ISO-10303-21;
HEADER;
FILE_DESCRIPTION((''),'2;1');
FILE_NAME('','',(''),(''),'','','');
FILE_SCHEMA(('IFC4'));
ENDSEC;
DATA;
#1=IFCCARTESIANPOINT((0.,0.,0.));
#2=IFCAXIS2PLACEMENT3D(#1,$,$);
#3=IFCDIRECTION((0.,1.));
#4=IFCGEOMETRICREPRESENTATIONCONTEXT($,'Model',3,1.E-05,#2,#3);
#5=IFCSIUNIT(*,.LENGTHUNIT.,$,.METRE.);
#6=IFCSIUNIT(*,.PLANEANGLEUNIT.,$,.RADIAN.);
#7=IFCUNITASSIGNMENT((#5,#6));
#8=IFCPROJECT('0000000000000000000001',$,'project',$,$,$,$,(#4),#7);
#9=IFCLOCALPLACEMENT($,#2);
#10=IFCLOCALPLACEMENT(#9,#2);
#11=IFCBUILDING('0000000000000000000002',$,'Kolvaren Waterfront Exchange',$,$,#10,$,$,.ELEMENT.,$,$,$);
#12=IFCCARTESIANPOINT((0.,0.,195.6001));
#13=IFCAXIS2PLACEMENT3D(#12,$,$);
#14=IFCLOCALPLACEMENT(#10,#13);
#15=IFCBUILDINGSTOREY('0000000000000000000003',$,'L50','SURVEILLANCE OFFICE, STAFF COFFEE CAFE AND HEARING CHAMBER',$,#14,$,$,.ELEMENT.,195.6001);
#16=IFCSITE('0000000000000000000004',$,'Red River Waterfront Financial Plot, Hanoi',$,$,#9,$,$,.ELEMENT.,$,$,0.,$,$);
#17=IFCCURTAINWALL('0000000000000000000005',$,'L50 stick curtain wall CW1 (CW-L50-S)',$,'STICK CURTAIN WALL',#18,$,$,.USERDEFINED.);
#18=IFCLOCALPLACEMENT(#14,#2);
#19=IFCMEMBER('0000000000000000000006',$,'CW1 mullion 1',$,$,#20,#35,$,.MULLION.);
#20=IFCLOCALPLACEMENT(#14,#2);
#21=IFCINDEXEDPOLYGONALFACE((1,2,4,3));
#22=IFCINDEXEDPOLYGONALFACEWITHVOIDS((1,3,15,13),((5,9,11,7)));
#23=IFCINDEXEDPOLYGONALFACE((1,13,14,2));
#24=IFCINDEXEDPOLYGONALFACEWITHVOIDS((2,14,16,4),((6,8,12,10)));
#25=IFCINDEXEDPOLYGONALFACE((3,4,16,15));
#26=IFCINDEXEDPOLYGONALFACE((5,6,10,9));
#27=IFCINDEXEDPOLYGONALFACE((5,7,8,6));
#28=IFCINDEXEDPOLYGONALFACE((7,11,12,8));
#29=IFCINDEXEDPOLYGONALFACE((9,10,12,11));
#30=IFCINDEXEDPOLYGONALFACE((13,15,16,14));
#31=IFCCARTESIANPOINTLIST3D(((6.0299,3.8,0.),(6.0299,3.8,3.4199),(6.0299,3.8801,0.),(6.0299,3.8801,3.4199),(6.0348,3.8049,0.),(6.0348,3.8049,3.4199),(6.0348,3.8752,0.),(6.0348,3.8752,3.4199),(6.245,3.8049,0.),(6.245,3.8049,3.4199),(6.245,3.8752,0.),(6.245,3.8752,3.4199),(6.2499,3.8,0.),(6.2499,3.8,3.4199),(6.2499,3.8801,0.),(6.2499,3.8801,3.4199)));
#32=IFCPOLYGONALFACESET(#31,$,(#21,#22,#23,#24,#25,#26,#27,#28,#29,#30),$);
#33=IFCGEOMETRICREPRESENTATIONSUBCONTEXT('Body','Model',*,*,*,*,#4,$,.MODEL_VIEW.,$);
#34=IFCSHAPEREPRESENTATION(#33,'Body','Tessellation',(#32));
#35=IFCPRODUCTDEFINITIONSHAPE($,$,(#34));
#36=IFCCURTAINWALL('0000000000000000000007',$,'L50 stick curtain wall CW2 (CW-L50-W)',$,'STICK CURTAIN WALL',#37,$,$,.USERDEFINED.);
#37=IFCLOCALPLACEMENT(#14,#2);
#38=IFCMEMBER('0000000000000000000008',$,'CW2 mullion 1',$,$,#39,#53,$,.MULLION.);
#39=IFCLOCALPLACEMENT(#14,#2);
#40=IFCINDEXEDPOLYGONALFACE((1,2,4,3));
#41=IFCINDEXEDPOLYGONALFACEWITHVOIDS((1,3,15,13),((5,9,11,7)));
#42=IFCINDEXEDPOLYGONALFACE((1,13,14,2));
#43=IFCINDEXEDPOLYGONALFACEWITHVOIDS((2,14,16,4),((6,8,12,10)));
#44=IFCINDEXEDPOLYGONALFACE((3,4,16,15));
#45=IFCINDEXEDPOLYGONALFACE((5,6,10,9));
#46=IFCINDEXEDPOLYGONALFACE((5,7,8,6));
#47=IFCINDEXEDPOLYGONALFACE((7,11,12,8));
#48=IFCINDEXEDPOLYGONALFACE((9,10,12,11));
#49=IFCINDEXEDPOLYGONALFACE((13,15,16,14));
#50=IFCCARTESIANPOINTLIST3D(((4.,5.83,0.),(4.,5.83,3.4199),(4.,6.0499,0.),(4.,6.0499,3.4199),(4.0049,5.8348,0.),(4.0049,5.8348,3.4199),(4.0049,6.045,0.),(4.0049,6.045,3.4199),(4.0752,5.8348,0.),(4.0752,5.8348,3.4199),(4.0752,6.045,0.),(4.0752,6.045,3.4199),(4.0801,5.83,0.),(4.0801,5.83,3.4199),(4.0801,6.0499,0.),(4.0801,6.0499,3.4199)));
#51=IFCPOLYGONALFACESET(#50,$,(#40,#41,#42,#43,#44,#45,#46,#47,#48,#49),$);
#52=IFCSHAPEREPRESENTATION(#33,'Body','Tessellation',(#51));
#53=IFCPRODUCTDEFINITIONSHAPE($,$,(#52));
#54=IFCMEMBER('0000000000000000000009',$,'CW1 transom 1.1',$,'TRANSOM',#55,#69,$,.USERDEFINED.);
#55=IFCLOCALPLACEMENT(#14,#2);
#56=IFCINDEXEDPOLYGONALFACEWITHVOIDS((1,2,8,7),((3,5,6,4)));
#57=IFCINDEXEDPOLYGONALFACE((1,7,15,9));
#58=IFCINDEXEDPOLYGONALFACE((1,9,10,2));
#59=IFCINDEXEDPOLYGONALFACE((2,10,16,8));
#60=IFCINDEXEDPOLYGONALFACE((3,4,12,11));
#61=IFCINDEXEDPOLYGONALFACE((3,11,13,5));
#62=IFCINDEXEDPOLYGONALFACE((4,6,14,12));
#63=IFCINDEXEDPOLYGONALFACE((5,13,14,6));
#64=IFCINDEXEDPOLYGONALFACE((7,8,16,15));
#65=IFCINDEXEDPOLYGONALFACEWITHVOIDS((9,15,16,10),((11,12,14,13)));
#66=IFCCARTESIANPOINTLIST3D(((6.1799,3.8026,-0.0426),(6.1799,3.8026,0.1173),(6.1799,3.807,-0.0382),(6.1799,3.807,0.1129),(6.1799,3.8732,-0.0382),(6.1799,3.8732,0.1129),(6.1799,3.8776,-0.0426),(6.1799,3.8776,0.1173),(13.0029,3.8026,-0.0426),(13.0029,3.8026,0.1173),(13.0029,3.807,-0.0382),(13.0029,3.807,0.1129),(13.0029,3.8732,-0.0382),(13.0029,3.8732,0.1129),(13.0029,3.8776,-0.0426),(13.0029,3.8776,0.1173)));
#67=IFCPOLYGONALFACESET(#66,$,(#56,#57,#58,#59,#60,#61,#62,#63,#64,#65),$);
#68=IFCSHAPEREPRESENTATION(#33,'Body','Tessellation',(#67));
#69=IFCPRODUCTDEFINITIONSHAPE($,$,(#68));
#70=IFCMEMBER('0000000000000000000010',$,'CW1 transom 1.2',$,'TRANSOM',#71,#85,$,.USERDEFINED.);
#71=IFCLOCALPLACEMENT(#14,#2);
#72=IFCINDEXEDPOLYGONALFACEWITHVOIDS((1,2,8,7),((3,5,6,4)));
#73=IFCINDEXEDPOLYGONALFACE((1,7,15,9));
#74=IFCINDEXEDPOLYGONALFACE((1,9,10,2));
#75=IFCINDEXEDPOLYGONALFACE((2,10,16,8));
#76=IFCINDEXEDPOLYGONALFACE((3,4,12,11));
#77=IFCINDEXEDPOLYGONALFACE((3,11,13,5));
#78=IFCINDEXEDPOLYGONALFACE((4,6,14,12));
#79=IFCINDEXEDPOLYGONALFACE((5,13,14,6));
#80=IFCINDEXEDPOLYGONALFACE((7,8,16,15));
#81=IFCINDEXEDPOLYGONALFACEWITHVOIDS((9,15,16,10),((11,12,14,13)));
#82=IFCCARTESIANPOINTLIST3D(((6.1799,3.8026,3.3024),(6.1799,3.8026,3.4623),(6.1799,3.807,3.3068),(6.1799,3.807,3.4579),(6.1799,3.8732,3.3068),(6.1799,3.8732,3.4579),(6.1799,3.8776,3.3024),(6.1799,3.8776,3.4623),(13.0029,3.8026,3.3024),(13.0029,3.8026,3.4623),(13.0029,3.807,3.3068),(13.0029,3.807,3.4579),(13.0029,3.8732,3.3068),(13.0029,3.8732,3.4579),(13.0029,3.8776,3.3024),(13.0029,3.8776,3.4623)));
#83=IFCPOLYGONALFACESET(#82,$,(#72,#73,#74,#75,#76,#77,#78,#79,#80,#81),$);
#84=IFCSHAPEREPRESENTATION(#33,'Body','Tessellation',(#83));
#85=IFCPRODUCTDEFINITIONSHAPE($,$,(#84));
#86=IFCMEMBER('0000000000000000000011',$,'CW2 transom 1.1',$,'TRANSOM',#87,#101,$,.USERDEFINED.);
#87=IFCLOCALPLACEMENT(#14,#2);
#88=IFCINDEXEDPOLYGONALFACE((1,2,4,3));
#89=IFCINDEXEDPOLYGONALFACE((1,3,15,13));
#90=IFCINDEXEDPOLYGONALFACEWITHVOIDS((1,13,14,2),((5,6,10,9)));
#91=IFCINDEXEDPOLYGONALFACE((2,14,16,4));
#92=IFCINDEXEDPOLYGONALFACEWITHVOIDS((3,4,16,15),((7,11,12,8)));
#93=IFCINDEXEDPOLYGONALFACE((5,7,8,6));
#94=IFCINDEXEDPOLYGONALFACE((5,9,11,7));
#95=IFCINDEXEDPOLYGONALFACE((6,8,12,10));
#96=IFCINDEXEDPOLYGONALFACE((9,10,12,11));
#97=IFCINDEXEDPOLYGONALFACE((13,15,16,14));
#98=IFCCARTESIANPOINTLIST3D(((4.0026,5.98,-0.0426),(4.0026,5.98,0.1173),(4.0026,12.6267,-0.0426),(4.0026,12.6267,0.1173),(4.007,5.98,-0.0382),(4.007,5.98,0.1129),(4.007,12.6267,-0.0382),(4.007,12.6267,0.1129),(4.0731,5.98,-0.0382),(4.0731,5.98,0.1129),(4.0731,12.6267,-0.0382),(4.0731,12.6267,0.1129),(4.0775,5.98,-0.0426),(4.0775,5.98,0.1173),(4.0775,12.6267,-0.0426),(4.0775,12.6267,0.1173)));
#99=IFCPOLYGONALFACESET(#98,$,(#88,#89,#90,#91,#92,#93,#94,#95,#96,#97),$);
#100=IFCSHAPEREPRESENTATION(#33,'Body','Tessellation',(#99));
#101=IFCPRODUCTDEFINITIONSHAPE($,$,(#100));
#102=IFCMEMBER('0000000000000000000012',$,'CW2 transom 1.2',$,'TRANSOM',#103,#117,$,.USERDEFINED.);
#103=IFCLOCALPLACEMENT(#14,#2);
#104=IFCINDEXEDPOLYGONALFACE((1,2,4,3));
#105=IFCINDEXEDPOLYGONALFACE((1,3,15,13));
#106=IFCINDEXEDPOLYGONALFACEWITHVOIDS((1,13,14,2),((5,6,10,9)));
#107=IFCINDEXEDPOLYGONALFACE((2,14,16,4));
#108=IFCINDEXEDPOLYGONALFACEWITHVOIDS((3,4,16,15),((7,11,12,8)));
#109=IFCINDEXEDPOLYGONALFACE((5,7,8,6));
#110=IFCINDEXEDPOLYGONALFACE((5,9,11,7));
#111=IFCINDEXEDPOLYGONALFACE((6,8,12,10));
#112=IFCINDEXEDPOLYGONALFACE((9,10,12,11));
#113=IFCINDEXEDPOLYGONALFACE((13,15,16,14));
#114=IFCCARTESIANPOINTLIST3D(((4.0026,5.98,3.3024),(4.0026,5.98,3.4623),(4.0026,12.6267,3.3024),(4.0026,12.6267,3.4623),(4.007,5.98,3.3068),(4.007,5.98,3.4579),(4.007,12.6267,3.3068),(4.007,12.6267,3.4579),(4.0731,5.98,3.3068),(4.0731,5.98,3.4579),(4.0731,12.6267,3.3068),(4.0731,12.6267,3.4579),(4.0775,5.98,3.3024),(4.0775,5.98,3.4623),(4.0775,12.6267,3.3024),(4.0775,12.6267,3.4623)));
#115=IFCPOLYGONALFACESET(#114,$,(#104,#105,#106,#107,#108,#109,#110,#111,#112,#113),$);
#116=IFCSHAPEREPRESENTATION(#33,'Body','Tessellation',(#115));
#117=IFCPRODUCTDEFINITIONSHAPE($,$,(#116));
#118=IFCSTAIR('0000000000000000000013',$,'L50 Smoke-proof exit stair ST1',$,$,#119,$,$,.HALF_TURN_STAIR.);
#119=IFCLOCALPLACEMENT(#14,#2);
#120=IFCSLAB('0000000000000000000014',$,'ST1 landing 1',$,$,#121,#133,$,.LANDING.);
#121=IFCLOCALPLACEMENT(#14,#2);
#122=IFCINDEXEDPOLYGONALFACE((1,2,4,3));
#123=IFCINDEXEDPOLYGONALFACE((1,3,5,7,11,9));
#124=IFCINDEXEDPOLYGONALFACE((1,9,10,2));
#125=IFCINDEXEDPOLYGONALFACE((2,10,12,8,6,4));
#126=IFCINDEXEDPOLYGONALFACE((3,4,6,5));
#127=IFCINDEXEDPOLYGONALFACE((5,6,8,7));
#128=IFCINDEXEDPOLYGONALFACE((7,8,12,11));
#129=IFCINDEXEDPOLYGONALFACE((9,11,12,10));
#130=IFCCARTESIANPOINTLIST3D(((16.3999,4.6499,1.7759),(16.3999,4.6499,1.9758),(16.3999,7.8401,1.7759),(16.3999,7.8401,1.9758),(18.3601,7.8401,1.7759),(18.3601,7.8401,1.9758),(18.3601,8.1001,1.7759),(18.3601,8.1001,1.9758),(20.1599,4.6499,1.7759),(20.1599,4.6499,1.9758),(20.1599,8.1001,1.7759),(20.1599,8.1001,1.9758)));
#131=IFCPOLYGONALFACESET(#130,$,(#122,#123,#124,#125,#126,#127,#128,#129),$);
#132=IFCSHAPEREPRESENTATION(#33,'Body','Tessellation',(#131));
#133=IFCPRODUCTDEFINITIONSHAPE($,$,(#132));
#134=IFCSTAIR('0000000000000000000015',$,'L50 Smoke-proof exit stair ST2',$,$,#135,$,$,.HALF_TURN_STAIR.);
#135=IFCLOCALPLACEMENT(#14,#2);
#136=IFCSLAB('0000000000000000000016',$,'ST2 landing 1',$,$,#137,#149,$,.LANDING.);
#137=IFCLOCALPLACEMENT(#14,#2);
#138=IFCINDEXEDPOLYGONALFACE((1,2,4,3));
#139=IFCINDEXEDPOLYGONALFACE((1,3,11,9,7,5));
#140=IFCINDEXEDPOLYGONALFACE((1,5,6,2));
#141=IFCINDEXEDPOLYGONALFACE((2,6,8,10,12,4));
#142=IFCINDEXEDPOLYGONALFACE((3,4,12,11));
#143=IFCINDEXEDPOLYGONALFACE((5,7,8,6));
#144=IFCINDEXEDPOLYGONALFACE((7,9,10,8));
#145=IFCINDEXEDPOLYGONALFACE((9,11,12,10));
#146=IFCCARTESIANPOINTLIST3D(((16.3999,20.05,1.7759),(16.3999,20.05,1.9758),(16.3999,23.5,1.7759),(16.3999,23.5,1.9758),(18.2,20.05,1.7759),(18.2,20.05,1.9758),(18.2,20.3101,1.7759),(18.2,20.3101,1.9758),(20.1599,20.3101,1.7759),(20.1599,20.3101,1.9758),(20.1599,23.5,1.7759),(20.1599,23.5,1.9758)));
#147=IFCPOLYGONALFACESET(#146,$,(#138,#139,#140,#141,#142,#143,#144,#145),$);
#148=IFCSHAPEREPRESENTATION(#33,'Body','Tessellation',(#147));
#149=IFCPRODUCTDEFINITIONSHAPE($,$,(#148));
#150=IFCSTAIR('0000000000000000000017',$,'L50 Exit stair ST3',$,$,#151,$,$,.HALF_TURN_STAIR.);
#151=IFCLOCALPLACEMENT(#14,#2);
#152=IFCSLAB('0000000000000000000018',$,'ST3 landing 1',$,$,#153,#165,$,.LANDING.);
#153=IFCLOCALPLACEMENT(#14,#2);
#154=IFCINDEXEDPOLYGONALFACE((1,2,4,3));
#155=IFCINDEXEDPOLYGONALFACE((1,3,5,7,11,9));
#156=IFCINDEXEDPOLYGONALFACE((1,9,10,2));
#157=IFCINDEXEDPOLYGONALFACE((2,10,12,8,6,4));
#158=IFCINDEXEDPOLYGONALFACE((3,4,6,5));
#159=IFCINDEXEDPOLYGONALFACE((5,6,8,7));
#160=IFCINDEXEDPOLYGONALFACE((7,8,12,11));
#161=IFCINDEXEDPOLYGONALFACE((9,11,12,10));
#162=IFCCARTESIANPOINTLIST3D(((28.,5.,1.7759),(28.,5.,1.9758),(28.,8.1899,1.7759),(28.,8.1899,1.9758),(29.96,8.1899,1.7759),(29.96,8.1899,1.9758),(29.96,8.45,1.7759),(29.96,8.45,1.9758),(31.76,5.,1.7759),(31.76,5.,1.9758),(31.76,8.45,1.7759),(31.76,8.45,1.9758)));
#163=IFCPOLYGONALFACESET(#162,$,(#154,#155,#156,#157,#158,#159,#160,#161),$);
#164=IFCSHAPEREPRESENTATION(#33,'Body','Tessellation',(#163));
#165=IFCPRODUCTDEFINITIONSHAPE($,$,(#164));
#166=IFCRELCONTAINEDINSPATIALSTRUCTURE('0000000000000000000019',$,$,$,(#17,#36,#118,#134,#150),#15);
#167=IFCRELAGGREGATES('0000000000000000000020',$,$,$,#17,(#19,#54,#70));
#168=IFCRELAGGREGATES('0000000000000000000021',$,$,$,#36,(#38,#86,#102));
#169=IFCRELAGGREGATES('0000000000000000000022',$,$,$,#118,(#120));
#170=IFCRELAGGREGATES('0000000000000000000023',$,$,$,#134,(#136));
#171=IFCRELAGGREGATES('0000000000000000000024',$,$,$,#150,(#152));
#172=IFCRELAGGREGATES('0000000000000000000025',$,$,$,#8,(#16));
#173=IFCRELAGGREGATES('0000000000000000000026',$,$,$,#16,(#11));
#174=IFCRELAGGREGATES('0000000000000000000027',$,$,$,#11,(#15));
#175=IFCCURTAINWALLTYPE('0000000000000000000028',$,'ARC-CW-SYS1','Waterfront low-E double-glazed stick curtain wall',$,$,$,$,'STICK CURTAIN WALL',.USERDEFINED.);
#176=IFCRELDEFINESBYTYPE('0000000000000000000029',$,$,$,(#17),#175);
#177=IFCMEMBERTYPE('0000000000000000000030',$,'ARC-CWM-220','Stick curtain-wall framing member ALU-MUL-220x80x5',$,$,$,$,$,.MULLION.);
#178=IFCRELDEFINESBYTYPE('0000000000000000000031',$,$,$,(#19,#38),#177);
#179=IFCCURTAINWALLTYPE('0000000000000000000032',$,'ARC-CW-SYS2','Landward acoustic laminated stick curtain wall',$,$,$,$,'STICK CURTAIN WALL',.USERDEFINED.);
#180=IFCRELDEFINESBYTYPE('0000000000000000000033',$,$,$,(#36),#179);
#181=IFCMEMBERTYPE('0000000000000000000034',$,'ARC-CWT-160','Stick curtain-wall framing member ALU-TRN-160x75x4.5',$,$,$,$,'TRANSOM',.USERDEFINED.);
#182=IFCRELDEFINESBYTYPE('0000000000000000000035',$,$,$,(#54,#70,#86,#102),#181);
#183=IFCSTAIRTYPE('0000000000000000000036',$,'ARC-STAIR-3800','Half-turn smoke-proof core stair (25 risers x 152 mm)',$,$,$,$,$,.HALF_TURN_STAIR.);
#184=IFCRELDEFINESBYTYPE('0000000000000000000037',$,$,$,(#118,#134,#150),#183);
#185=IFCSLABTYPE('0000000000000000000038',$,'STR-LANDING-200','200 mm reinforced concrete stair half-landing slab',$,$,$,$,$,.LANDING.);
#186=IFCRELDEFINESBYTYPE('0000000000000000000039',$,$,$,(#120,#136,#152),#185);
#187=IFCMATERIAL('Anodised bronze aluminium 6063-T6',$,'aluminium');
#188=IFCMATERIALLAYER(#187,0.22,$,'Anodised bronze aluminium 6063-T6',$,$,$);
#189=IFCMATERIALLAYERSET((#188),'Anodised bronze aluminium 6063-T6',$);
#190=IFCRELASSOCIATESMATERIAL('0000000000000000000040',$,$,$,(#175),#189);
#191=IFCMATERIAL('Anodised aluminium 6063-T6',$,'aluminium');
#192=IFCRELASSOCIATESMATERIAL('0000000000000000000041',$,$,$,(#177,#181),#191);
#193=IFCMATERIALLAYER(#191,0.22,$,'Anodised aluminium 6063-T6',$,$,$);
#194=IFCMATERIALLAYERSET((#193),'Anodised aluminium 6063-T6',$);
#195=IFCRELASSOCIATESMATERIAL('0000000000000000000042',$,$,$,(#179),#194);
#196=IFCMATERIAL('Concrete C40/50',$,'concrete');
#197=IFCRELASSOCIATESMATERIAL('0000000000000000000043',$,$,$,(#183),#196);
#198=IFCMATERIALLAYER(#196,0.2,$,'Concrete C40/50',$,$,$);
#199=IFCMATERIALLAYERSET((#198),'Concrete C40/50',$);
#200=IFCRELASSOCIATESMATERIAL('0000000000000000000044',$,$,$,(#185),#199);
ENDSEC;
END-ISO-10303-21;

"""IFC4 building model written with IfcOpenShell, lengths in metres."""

from ifc_helpers import new_model, si_unit, direction, frame, origin, origin_with_axes, origin_2d, place, context, subcontext, project, spatial, polyline, hollow_rectangle, outline, extrude, source, transform, mapped, material, layer, layer_set, material_profile, profile_set, type_object, element, aggregate, save


model = new_model("IFC4")

# Units and contexts
model_context = context("Model", 3, precision=1e-05, world=origin(), true_north=direction((0.0, 1.0)))
body_context = subcontext(model_context, "Body", "Model", "MODEL_VIEW")
ifc_project = project(units=[si_unit("LENGTHUNIT", "METRE"), si_unit("PLANEANGLEUNIT", "RADIAN")], contexts=[model_context])

# Site, building, storey
site_placement = place(None, origin())
site = spatial("IfcSite", under=ifc_project, at=site_placement, Name="Red River Waterfront Financial Plot, Hanoi", CompositionType="ELEMENT", RefElevation=0.0)
building_placement = place(site_placement, origin())
building = spatial("IfcBuilding", under=site, at=building_placement, Name="Kolvaren Waterfront Exchange", CompositionType="ELEMENT")
storey_placement = place(building_placement, frame((0.0, 0.0, 195.6001)))
storey = spatial("IfcBuildingStorey", under=building, at=storey_placement, Name="L50", Description="SURVEILLANCE OFFICE, STAFF COFFEE CAFE AND HEARING CHAMBER", CompositionType="ELEMENT", Elevation=195.6001)

# Curtain walls, members
ifc_material_1 = material(Name="Anodised bronze aluminium 6063-T6", Category="aluminium")
ifc_layer_1 = layer(ifc_material_1, 0.22, Name="Anodised bronze aluminium 6063-T6")
ifc_layer_set_1 = layer_set([ifc_layer_1], Name="Anodised bronze aluminium 6063-T6")
curtain_wall_type_1 = type_object("IfcCurtainWallType", Name="ARC-CW-SYS1", Description="Waterfront low-E double-glazed stick curtain wall", ElementType="STICK CURTAIN WALL", PredefinedType="USERDEFINED", material=ifc_layer_set_1)
curtain_wall_1_placement = place(storey_placement, origin())
curtain_wall_1 = element("IfcCurtainWall", 1, at=curtain_wall_1_placement, inside=storey, type_object=curtain_wall_type_1, Name="L50 stick curtain wall CW1 (CW-L50-S)", ObjectType="STICK CURTAIN WALL", PredefinedType="USERDEFINED")
ifc_material_2 = material(Name="Anodised aluminium 6063-T6", Category="aluminium")
ifc_material_profile_1 = material_profile(ifc_material_2, hollow_rectangle(XDim=0.0801, YDim=0.22, WallThickness=0.0049, at=origin_2d()), Name="ALU-MUL-220x80x5")
ifc_profile_set_1 = profile_set([ifc_material_profile_1], Name="Anodised aluminium 6063-T6")
member_type_1 = type_object("IfcMemberType", Name="ARC-CWM-220", Description="Stick curtain-wall framing member ALU-MUL-220x80x5", PredefinedType="MULLION", material=ifc_profile_set_1)
shared_shape_1 = source(origin_with_axes(), body_context, "Body", "SweptSolid", [
    extrude(hollow_rectangle(XDim=0.0801, YDim=0.22, WallThickness=0.0049, at=origin_2d()), origin(), (0.0, 0.0, 1.0), 3.4199),
])
member_1_placement = place(storey_placement, frame((6.1399, 3.8401, 0.0), z_axis=(0.0, 0.0, 1.0), x_axis=(0.0, 1.0, 0.0)))
member_1 = element("IfcMember", 2, at=member_1_placement, type_object=member_type_1, Name="CW1 mullion 1", PredefinedType="MULLION", context=body_context, shape_type="MappedRepresentation", body=[
    mapped(shared_shape_1, transform((0.0, 0.0, 0.0), x_axis=(1.0, 0.0, 0.0), y_axis=(0.0, 1.0, 0.0), z_axis=(0.0, 0.0, 1.0), scale=1.0)),
])
ifc_layer_2 = layer(ifc_material_2, 0.22, Name="Anodised aluminium 6063-T6")
ifc_layer_set_2 = layer_set([ifc_layer_2], Name="Anodised aluminium 6063-T6")
curtain_wall_type_2 = type_object("IfcCurtainWallType", Name="ARC-CW-SYS2", Description="Landward acoustic laminated stick curtain wall", ElementType="STICK CURTAIN WALL", PredefinedType="USERDEFINED", material=ifc_layer_set_2)
curtain_wall_2_placement = place(storey_placement, origin())
curtain_wall_2 = element("IfcCurtainWall", 3, at=curtain_wall_2_placement, inside=storey, type_object=curtain_wall_type_2, Name="L50 stick curtain wall CW2 (CW-L50-W)", ObjectType="STICK CURTAIN WALL", PredefinedType="USERDEFINED")
member_2_placement = place(storey_placement, frame((4.04, 5.9399, 0.0), z_axis=(0.0, 0.0, 1.0), x_axis=(-1.0, 0.0, 0.0)))
member_2 = element("IfcMember", 4, at=member_2_placement, type_object=member_type_1, Name="CW2 mullion 1", PredefinedType="MULLION", context=body_context, shape_type="MappedRepresentation", body=[
    mapped(shared_shape_1, transform((0.0, 0.0, 0.0), x_axis=(1.0, 0.0, 0.0), y_axis=(0.0, 1.0, 0.0), z_axis=(0.0, 0.0, 1.0), scale=1.0)),
])

# Members
ifc_material_profile_2 = material_profile(ifc_material_2, hollow_rectangle(XDim=0.075, YDim=0.1599, WallThickness=0.0044, at=origin_2d()), Name="ALU-TRN-160x75x4.5")
ifc_profile_set_2 = profile_set([ifc_material_profile_2], Name="Anodised aluminium 6063-T6")
member_type_2 = type_object("IfcMemberType", Name="ARC-CWT-160", Description="Stick curtain-wall framing member ALU-TRN-160x75x4.5", ElementType="TRANSOM", PredefinedType="USERDEFINED", material=ifc_profile_set_2)
shared_shape_2 = source(origin_with_axes(), body_context, "Body", "SweptSolid", [
    extrude(hollow_rectangle(XDim=0.075, YDim=0.1599, WallThickness=0.0044, at=origin_2d()), origin(), (0.0, 0.0, 1.0), 6.823),
])
member_3_placement = place(storey_placement, frame((6.1799, 3.8401, 0.0374), z_axis=(1.0, 0.0, 0.0), x_axis=(0.0, 1.0, 0.0)))
member_3 = element("IfcMember", 5, at=member_3_placement, type_object=member_type_2, Name="CW1 transom 1.1", ObjectType="TRANSOM", PredefinedType="USERDEFINED", context=body_context, shape_type="MappedRepresentation", body=[
    mapped(shared_shape_2, transform((0.0, 0.0, 0.0), x_axis=(1.0, 0.0, 0.0), y_axis=(0.0, 1.0, 0.0), z_axis=(0.0, 0.0, 1.0), scale=1.0)),
])
member_4_placement = place(storey_placement, frame((6.1799, 3.8401, 3.3823), z_axis=(1.0, 0.0, 0.0), x_axis=(0.0, 1.0, 0.0)))
member_4 = element("IfcMember", 6, at=member_4_placement, type_object=member_type_2, Name="CW1 transom 1.2", ObjectType="TRANSOM", PredefinedType="USERDEFINED", context=body_context, shape_type="MappedRepresentation", body=[
    mapped(shared_shape_2, transform((0.0, 0.0, 0.0), x_axis=(1.0, 0.0, 0.0), y_axis=(0.0, 1.0, 0.0), z_axis=(0.0, 0.0, 1.0), scale=1.0)),
])
aggregate(curtain_wall_1, [member_1, member_3, member_4])
shared_shape_3 = source(origin_with_axes(), body_context, "Body", "SweptSolid", [
    extrude(hollow_rectangle(XDim=0.075, YDim=0.1599, WallThickness=0.0044, at=origin_2d()), origin(), (0.0, 0.0, 1.0), 6.6467),
])
member_5_placement = place(storey_placement, frame((4.04, 5.98, 0.0374), z_axis=(0.0, 1.0, 0.0), x_axis=(-1.0, 0.0, 0.0)))
member_5 = element("IfcMember", 7, at=member_5_placement, type_object=member_type_2, Name="CW2 transom 1.1", ObjectType="TRANSOM", PredefinedType="USERDEFINED", context=body_context, shape_type="MappedRepresentation", body=[
    mapped(shared_shape_3, transform((0.0, 0.0, 0.0), x_axis=(1.0, 0.0, 0.0), y_axis=(0.0, 1.0, 0.0), z_axis=(0.0, 0.0, 1.0), scale=1.0)),
])
member_6_placement = place(storey_placement, frame((4.04, 5.98, 3.3823), z_axis=(0.0, 1.0, 0.0), x_axis=(-1.0, 0.0, 0.0)))
member_6 = element("IfcMember", 8, at=member_6_placement, type_object=member_type_2, Name="CW2 transom 1.2", ObjectType="TRANSOM", PredefinedType="USERDEFINED", context=body_context, shape_type="MappedRepresentation", body=[
    mapped(shared_shape_3, transform((0.0, 0.0, 0.0), x_axis=(1.0, 0.0, 0.0), y_axis=(0.0, 1.0, 0.0), z_axis=(0.0, 0.0, 1.0), scale=1.0)),
])
aggregate(curtain_wall_2, [member_2, member_5, member_6])

# Stairs, slabs
ifc_material_3 = material(Name="Concrete C40/50", Category="concrete")
stair_type = type_object("IfcStairType", Name="ARC-STAIR-3800", Description="Half-turn smoke-proof core stair (25 risers x 152 mm)", PredefinedType="HALF_TURN_STAIR", material=ifc_material_3)
stair_1_placement = place(storey_placement, origin())
stair_1 = element("IfcStair", 9, at=stair_1_placement, inside=storey, type_object=stair_type, Name="L50 Smoke-proof exit stair ST1", PredefinedType="HALF_TURN_STAIR")
ifc_layer_3 = layer(ifc_material_3, 0.2, Name="Concrete C40/50")
ifc_layer_set_3 = layer_set([ifc_layer_3], Name="Concrete C40/50")
slab_type_1 = type_object("IfcSlabType", Name="STR-LANDING-200", Description="200 mm reinforced concrete stair half-landing slab", PredefinedType="LANDING", material=ifc_layer_set_3)
slab_1_placement = place(storey_placement, frame((0.0, 0.0, 1.7759)))
slab_1 = element("IfcSlab", 10, at=slab_1_placement, type_object=slab_type_1, Name="ST1 landing 1", PredefinedType="LANDING", context=body_context, shape_type="SweptSolid", body=[
    extrude(outline(polyline([(16.3999, 7.8401), (16.3999, 4.6499), (20.1599, 4.6499), (20.1599, 8.1001), (18.3601, 8.1001), (18.3601, 7.8401), (16.3999, 7.8401)])), origin(), (0.0, 0.0, 1.0), 0.2),
])
aggregate(stair_1, [slab_1])
stair_2_placement = place(storey_placement, origin())
stair_2 = element("IfcStair", 11, at=stair_2_placement, inside=storey, type_object=stair_type, Name="L50 Smoke-proof exit stair ST2", PredefinedType="HALF_TURN_STAIR")
slab_2_placement = place(storey_placement, frame((0.0, 0.0, 1.7759)))
slab_2 = element("IfcSlab", 12, at=slab_2_placement, type_object=slab_type_1, Name="ST2 landing 1", PredefinedType="LANDING", context=body_context, shape_type="SweptSolid", body=[
    extrude(outline(polyline([(20.1599, 20.3101), (20.1599, 23.5), (16.3999, 23.5), (16.3999, 20.05), (18.2, 20.05), (18.2, 20.3101), (20.1599, 20.3101)])), origin(), (0.0, 0.0, 1.0), 0.2),
])
aggregate(stair_2, [slab_2])
stair_3_placement = place(storey_placement, origin())
stair_3 = element("IfcStair", 13, at=stair_3_placement, inside=storey, type_object=stair_type, Name="L50 Exit stair ST3", PredefinedType="HALF_TURN_STAIR")
slab_3_placement = place(storey_placement, frame((0.0, 0.0, 1.7759)))
slab_3 = element("IfcSlab", 14, at=slab_3_placement, type_object=slab_type_1, Name="ST3 landing 1", PredefinedType="LANDING", context=body_context, shape_type="SweptSolid", body=[
    extrude(outline(polyline([(28.0, 8.1899), (28.0, 5.0), (31.76, 5.0), (31.76, 8.45), (29.96, 8.45), (29.96, 8.1899), (28.0, 8.1899)])), origin(), (0.0, 0.0, 1.0), 0.2),
])
aggregate(stair_3, [slab_3])

save(model, "model.ifc")
